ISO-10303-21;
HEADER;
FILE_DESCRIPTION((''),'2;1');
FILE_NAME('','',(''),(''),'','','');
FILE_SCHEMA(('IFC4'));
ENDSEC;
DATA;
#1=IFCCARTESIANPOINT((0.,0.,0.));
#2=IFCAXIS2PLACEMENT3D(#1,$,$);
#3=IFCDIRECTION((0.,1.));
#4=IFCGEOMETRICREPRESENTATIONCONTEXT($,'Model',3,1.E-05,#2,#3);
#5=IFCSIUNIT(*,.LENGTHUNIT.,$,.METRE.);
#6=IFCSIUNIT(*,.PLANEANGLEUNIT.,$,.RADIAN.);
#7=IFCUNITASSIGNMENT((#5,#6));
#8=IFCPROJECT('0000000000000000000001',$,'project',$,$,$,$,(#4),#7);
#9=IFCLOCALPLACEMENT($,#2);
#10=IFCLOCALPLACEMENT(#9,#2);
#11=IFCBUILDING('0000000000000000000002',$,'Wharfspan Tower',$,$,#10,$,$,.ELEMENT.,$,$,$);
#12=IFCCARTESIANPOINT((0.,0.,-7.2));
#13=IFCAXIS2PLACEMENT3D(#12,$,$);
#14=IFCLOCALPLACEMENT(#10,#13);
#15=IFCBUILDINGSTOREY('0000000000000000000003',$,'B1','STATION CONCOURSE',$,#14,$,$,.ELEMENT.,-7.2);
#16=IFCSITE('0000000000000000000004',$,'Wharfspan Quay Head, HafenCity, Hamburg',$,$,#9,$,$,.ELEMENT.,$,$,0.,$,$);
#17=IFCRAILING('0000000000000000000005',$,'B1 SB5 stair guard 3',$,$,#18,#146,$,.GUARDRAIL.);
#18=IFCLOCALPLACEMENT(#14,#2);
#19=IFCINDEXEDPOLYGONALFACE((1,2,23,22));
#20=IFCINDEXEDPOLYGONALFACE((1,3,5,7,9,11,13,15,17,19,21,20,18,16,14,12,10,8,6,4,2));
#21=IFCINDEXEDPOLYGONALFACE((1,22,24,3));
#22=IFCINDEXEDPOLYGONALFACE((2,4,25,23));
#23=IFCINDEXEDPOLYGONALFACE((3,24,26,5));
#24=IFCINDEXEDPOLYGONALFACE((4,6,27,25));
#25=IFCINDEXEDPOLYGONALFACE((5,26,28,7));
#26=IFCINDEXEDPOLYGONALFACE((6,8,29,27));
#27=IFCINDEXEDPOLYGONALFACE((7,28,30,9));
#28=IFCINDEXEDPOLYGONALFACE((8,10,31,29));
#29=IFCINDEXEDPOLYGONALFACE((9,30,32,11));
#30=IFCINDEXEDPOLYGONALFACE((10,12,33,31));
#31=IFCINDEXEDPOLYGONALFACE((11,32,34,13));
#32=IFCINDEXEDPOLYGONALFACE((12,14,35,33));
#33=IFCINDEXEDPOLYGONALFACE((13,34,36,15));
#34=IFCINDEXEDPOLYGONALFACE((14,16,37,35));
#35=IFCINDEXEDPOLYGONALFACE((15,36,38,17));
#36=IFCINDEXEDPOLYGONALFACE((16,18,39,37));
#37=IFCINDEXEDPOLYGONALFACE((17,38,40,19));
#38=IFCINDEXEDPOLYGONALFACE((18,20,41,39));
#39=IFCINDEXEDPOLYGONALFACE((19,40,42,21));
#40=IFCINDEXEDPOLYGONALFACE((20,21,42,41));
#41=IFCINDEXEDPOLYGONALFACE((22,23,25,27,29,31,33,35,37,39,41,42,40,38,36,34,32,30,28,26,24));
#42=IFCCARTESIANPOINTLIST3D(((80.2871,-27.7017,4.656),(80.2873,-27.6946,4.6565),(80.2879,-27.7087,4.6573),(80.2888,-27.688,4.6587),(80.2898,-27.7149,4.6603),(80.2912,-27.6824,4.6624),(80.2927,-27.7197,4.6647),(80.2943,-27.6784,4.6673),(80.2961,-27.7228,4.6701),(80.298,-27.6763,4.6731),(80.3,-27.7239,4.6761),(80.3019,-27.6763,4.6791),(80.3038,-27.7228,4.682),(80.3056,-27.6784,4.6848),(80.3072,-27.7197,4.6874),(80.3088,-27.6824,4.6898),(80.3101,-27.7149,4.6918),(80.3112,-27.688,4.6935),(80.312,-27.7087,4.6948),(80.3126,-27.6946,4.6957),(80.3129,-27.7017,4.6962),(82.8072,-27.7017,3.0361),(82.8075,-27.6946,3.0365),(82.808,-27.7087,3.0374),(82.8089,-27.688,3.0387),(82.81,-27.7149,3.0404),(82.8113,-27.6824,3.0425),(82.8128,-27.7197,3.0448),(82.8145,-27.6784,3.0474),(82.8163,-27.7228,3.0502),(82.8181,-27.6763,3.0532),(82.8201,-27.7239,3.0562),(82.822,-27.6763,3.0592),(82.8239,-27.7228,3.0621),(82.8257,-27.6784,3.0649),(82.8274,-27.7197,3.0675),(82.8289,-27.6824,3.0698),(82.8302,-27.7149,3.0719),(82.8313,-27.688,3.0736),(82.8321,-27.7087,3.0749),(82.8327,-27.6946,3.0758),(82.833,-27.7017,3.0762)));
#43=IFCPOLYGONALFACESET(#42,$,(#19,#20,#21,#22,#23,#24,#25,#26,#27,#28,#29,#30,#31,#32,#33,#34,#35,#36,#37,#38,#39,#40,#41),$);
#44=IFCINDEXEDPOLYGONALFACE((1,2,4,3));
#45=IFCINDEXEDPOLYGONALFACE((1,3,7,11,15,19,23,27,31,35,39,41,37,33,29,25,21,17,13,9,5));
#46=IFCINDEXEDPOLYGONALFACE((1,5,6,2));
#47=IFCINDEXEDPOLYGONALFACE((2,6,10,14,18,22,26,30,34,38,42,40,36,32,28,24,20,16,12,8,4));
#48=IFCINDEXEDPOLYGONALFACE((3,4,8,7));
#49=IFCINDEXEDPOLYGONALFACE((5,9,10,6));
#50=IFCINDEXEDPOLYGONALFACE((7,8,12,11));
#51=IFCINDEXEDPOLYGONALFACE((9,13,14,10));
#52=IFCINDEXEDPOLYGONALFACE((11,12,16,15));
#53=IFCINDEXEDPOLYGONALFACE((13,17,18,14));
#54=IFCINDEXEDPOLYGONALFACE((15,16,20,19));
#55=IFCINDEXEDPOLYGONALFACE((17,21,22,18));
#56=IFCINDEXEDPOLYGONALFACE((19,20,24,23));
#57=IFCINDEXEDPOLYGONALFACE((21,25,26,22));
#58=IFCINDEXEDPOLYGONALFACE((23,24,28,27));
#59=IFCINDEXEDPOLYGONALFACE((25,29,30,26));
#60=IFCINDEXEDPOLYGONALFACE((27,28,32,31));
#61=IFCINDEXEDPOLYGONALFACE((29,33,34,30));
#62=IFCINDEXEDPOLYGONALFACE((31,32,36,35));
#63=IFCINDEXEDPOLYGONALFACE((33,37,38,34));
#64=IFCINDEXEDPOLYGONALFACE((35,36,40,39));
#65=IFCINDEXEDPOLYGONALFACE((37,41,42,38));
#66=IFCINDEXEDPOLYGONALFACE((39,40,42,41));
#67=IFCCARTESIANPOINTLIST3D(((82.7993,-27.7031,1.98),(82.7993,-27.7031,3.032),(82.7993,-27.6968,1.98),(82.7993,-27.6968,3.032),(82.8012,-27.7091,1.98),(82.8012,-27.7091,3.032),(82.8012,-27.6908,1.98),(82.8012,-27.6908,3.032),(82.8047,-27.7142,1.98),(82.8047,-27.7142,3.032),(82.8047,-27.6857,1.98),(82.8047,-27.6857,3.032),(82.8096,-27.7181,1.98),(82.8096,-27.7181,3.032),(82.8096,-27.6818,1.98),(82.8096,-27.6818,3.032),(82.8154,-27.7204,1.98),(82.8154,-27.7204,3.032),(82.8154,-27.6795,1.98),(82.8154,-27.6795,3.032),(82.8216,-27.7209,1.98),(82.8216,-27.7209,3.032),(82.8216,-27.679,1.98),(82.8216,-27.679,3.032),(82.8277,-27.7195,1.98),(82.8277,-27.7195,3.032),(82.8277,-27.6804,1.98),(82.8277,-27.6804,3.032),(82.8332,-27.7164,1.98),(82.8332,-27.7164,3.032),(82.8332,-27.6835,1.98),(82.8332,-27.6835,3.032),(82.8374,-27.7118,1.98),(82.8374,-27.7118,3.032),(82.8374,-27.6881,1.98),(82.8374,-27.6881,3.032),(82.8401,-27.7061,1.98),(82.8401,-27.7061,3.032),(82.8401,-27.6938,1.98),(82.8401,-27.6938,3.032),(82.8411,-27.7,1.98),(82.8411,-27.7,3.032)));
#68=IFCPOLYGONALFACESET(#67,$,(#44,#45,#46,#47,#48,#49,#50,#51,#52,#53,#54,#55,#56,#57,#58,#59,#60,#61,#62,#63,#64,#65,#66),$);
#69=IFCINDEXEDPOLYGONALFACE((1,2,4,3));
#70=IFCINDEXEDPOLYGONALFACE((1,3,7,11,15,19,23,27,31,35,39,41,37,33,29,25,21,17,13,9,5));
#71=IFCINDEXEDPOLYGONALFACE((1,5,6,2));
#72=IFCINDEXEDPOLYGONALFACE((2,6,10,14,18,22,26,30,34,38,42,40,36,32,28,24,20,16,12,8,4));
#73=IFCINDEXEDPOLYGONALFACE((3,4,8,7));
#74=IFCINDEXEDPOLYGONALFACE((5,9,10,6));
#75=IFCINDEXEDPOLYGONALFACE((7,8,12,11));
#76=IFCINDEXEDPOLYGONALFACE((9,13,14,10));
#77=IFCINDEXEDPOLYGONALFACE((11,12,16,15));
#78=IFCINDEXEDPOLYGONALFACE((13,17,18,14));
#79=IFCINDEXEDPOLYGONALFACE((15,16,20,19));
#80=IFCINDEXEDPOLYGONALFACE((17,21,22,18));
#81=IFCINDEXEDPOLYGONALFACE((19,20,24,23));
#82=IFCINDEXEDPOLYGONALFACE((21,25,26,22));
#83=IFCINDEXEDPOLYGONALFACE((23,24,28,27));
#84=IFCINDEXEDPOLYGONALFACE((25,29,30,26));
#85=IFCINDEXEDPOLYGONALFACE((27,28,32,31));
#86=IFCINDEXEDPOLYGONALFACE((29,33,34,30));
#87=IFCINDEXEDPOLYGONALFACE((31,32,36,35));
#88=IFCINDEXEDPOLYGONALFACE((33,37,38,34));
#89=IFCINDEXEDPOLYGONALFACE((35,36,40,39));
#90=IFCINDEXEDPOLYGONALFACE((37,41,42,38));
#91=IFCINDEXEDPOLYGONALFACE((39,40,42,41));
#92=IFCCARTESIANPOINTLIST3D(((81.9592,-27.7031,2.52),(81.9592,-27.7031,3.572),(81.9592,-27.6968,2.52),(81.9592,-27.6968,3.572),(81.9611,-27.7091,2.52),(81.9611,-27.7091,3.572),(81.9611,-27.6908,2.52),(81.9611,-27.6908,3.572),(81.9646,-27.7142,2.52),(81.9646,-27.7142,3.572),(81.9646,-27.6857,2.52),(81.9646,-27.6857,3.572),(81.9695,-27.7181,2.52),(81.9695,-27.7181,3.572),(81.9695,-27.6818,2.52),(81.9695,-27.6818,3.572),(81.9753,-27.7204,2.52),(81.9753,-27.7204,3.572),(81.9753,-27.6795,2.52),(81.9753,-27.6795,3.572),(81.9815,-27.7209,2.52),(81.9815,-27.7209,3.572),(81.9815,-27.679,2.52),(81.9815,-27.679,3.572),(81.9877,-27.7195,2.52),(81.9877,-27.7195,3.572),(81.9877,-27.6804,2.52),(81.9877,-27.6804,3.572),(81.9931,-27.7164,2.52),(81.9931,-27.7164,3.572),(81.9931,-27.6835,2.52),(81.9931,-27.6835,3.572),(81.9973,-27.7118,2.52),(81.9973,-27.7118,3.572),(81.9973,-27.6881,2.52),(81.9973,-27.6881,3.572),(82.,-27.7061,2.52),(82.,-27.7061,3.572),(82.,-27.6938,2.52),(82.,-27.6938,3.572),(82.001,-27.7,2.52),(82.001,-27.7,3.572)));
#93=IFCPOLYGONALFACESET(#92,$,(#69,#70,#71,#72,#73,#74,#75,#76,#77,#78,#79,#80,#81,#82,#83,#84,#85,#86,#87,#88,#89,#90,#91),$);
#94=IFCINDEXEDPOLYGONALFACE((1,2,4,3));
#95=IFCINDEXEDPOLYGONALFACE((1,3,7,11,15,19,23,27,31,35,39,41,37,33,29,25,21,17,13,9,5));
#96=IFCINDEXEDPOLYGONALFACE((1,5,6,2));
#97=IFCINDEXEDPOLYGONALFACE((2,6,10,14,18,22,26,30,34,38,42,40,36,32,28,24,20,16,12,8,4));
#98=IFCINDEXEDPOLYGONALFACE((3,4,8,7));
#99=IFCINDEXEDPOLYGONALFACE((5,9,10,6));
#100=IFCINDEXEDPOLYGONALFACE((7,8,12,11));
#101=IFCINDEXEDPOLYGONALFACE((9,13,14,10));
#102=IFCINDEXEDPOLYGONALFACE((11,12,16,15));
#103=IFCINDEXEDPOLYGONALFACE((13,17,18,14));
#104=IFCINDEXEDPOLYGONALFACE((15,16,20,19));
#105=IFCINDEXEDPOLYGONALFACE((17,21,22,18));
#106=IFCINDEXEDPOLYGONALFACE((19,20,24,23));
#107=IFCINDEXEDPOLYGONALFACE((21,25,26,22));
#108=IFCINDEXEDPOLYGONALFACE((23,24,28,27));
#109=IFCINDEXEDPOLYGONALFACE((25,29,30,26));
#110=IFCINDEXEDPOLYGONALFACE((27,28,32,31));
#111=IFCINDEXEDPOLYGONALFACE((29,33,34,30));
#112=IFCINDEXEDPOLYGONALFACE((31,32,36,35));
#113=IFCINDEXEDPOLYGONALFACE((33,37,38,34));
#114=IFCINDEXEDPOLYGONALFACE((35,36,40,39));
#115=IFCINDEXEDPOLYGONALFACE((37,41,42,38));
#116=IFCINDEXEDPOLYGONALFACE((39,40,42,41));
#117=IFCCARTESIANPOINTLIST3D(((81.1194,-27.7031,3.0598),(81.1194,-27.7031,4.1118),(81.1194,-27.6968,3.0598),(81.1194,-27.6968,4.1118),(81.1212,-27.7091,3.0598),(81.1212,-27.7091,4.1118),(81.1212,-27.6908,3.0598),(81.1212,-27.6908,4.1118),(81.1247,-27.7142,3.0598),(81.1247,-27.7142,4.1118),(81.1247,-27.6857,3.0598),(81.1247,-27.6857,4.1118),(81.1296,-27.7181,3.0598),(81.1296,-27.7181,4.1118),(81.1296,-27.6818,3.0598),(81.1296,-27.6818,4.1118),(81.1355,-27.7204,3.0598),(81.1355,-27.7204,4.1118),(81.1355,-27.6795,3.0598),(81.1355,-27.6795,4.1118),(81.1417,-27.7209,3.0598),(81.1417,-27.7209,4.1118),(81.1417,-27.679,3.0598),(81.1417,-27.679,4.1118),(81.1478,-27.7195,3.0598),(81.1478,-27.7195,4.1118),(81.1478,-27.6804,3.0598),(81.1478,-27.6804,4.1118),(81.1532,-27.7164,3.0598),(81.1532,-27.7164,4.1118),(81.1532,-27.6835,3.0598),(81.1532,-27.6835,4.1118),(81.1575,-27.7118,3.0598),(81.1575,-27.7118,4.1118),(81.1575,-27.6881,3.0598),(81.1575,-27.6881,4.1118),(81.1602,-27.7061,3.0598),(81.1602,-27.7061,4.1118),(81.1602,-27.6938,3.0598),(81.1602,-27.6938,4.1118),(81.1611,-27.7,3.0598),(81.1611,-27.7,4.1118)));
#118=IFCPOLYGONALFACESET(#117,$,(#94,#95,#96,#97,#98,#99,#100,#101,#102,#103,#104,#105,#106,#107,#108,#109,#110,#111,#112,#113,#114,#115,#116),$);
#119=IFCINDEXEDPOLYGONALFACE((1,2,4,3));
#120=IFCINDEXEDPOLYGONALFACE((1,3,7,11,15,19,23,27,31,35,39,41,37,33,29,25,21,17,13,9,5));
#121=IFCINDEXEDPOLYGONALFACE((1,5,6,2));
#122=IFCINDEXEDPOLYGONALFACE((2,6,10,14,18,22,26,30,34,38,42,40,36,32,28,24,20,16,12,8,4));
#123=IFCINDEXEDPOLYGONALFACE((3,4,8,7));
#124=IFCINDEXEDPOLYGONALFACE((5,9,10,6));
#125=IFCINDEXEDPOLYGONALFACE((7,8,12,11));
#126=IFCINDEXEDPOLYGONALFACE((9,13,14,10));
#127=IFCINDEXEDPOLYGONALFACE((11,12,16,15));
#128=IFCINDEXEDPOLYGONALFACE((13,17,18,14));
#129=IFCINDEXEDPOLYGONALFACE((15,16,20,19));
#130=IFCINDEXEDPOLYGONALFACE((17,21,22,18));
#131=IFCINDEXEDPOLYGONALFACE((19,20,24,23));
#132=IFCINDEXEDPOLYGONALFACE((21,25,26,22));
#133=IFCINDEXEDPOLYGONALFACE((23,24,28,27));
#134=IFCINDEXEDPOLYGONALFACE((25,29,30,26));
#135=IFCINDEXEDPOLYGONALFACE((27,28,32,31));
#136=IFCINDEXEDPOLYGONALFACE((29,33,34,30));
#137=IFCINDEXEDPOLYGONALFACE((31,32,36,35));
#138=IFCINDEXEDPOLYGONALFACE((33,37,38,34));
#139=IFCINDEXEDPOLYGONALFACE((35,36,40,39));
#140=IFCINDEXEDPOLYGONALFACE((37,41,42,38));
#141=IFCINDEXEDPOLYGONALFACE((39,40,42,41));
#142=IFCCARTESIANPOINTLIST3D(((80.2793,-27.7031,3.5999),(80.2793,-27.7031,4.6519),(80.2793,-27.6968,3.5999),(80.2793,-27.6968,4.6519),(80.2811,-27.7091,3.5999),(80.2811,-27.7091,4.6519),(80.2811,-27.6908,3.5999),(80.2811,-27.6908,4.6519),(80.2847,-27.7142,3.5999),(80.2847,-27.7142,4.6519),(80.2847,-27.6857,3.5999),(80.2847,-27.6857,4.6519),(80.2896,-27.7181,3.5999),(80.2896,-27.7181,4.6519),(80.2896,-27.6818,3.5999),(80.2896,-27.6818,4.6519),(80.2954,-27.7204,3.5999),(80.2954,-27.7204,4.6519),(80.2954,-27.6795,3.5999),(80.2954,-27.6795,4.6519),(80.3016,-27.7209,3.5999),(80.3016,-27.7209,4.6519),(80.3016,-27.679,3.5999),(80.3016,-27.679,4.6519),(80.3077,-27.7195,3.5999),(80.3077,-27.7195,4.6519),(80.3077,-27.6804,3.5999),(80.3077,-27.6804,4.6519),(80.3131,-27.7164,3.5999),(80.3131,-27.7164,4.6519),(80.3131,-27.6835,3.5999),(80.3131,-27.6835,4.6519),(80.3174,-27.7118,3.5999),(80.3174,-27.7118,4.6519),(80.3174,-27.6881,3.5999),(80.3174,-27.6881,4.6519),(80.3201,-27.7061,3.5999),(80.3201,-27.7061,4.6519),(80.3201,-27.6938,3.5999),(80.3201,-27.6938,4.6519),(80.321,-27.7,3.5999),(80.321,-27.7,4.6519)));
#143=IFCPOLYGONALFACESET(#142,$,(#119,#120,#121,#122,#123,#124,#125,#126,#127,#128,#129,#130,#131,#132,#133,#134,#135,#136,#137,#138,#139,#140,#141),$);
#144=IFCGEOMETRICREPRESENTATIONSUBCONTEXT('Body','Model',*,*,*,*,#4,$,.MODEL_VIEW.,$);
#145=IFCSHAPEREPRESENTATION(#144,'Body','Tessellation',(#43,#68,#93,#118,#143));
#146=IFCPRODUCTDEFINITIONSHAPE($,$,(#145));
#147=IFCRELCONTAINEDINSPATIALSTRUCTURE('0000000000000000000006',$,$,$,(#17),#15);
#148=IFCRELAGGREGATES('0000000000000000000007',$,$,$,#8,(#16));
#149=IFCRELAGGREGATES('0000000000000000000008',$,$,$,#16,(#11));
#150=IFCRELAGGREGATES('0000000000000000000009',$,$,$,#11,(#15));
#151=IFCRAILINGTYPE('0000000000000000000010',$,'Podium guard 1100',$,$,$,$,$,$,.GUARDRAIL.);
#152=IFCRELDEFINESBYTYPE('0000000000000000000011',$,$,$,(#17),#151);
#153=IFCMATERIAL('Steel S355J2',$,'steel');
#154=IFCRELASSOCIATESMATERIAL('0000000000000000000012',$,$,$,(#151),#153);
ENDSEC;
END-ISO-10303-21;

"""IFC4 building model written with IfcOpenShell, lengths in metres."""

from ifc_helpers import new_model, si_unit, direction, frame, origin, origin_2d, place, context, subcontext, project, spatial, circle, extrude, material, type_object, element, save


model = new_model("IFC4")

# Units and contexts
model_context = context("Model", 3, precision=1e-05, world=origin(), true_north=direction((0.0, 1.0)))
body_context = subcontext(model_context, "Body", "Model", "MODEL_VIEW")
ifc_project = project(units=[si_unit("LENGTHUNIT", "METRE"), si_unit("PLANEANGLEUNIT", "RADIAN")], contexts=[model_context])

# Site, building, storey
site_placement = place(None, origin())
site = spatial("IfcSite", under=ifc_project, at=site_placement, Name="Wharfspan Quay Head, HafenCity, Hamburg", CompositionType="ELEMENT", RefElevation=0.0)
building_placement = place(site_placement, origin())
building = spatial("IfcBuilding", under=site, at=building_placement, Name="Wharfspan Tower", CompositionType="ELEMENT")
storey_placement = place(building_placement, frame((0.0, 0.0, -7.2)))
storey = spatial("IfcBuildingStorey", under=building, at=storey_placement, Name="B1", Description="STATION CONCOURSE", CompositionType="ELEMENT", Elevation=-7.2)

# Railing
ifc_material_1 = material(Name="Steel S355J2", Category="steel")
railing_type_1 = type_object("IfcRailingType", Name="Podium guard 1100", PredefinedType="GUARDRAIL", material=ifc_material_1)
railing_1_placement = place(storey_placement, frame((82.8201, -27.7, 1.98)))
element("IfcRailing", 1, at=railing_1_placement, inside=storey, type_object=railing_type_1, Name="B1 SB5 stair guard 3", PredefinedType="GUARDRAIL", context=body_context, shape_type="SweptSolid", body=[
    extrude(circle(Radius=0.0239, at=origin_2d()), frame((0.0, 0.0, 1.0762), z_axis=(-0.8412, 0.0, 0.540725), x_axis=(0.0, -1.0, 0.0)), (0.0, 0.0, 1.0), 2.9958),
    extrude(circle(Radius=0.021, at=origin_2d()), origin(), (0.0, 0.0, 1.0), 1.052),
    extrude(circle(Radius=0.021, at=origin_2d()), frame((-0.8401, 0.0, 0.54)), (0.0, 0.0, 1.0), 1.052),
    extrude(circle(Radius=0.021, at=origin_2d()), frame((-1.6799, 0.0, 1.0798)), (0.0, 0.0, 1.0), 1.052),
    extrude(circle(Radius=0.021, at=origin_2d()), frame((-2.52, 0.0, 1.6199)), (0.0, 0.0, 1.0), 1.052),
])

save(model, "model.ifc")
